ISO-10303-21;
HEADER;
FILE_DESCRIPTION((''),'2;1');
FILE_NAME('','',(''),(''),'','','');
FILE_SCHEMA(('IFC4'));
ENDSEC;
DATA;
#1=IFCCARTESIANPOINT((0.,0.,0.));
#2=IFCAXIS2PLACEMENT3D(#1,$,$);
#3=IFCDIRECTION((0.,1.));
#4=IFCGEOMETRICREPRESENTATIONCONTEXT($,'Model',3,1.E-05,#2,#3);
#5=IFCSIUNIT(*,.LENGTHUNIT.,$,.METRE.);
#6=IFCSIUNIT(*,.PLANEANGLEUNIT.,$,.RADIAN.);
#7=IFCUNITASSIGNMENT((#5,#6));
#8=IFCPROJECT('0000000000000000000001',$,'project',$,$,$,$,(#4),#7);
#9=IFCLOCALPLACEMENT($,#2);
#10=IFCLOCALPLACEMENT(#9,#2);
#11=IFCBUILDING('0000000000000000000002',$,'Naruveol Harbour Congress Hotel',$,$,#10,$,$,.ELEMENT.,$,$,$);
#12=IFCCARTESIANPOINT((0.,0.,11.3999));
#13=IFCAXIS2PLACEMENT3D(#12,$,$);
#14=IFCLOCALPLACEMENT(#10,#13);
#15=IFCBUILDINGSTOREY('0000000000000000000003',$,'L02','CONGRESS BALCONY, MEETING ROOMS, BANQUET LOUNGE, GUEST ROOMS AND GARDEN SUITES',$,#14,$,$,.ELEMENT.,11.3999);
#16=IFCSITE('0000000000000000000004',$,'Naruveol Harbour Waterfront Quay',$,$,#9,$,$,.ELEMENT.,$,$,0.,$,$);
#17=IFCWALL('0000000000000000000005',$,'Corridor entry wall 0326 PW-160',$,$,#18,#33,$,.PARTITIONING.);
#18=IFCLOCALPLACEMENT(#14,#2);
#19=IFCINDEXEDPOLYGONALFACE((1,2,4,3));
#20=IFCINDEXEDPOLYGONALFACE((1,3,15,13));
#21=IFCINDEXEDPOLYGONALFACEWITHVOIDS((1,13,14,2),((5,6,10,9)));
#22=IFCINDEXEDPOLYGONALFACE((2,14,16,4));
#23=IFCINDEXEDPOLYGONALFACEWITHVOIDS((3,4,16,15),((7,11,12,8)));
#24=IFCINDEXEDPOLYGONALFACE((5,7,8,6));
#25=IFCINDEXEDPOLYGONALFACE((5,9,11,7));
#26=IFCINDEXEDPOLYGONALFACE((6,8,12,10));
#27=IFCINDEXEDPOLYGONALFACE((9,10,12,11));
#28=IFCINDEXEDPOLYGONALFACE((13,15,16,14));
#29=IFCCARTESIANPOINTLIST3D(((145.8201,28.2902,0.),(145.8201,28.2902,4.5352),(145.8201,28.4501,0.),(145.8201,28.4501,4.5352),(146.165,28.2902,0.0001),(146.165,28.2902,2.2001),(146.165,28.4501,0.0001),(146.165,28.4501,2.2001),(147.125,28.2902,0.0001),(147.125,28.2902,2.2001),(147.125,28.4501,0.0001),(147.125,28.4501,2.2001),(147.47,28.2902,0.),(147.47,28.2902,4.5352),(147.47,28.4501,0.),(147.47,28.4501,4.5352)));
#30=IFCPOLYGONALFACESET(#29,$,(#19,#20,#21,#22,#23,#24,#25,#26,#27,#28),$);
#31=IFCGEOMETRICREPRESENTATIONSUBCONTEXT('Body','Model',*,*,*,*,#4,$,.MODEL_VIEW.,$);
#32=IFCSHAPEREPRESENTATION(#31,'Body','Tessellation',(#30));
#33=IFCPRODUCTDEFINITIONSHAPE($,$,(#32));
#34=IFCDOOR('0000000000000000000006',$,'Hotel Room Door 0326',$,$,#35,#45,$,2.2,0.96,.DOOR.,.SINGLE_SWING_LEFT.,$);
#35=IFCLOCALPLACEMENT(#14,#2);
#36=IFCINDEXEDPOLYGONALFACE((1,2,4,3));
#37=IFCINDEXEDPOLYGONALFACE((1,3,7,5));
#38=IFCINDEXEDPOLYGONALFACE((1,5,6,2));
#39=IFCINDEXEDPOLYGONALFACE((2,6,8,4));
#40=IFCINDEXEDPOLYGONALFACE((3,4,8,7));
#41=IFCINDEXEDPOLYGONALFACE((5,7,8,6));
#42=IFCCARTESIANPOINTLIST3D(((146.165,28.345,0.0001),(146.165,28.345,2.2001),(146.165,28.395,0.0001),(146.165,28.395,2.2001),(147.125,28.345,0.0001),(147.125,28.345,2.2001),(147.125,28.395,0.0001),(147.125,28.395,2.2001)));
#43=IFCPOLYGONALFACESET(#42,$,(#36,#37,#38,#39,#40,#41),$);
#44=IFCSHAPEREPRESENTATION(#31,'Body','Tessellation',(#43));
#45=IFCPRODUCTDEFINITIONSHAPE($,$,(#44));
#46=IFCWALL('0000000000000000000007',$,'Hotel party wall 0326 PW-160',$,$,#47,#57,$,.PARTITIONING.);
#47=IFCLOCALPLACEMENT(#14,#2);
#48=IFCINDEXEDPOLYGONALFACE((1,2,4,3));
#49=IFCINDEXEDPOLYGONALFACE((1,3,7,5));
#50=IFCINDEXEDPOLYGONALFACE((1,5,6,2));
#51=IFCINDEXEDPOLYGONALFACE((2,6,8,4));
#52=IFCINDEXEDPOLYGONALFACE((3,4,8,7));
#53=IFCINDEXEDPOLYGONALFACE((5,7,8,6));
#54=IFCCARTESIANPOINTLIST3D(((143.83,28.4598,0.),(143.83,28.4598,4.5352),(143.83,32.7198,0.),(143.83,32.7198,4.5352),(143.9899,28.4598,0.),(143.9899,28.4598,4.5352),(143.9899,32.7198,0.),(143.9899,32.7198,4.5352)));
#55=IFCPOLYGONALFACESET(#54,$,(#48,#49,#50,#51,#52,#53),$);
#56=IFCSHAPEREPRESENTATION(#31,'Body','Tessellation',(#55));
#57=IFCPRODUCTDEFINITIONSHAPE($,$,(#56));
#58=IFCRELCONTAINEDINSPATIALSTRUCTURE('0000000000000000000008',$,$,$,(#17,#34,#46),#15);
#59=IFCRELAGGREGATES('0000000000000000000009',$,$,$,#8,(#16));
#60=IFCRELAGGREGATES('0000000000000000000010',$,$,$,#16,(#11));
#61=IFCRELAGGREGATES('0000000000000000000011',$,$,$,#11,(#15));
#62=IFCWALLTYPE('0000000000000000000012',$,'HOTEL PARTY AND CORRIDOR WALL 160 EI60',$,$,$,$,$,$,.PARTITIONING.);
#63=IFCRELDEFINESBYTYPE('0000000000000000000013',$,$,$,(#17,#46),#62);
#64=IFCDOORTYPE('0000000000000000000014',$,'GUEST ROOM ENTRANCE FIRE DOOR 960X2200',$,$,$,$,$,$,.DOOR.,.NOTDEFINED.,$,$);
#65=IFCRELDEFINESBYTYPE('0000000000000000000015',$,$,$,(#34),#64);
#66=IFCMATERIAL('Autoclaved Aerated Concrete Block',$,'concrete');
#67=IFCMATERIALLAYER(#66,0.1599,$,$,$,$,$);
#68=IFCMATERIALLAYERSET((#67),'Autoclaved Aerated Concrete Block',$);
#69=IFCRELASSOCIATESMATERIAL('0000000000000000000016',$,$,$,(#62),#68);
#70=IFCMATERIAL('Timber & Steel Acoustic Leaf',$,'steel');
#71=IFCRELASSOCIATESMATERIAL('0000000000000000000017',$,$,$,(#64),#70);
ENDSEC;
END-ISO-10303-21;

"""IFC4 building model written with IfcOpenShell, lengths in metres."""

from ifc_helpers import new_model, si_unit, direction, frame, frame_2d, origin, place, context, subcontext, project, spatial, rectangle, extrude, material, layer, layer_set, type_object, element, fill, save


model = new_model("IFC4")

# Units and contexts
model_context = context("Model", 3, precision=1e-05, world=origin(), true_north=direction((0.0, 1.0)))
body_context = subcontext(model_context, "Body", "Model", "MODEL_VIEW")
ifc_project = project(units=[si_unit("LENGTHUNIT", "METRE"), si_unit("PLANEANGLEUNIT", "RADIAN")], contexts=[model_context])

# Site, building, storey
site_placement = place(None, origin())
site = spatial("IfcSite", under=ifc_project, at=site_placement, Name="Naruveol Harbour Waterfront Quay", CompositionType="ELEMENT", RefElevation=0.0)
building_placement = place(site_placement, origin())
building = spatial("IfcBuilding", under=site, at=building_placement, Name="Naruveol Harbour Congress Hotel", CompositionType="ELEMENT")
storey_placement = place(building_placement, frame((0.0, 0.0, 11.3999)))
storey = spatial("IfcBuildingStorey", under=building, at=storey_placement, Name="L02", Description="CONGRESS BALCONY, MEETING ROOMS, BANQUET LOUNGE, GUEST ROOMS AND GARDEN SUITES", CompositionType="ELEMENT", Elevation=11.3999)

# Shared definitions
ifc_material_1 = material(Name="Autoclaved Aerated Concrete Block", Category="concrete")
ifc_layer_1 = layer(ifc_material_1, 0.1599)
ifc_layer_set_1 = layer_set([ifc_layer_1], Name="Autoclaved Aerated Concrete Block")
wall_type_1 = type_object("IfcWallType", Name="HOTEL PARTY AND CORRIDOR WALL 160 EI60", PredefinedType="PARTITIONING", material=ifc_layer_set_1)
ifc_material_2 = material(Name="Timber & Steel Acoustic Leaf", Category="steel")
door_type_1 = type_object("IfcDoorType", Name="GUEST ROOM ENTRANCE FIRE DOOR 960X2200", OperationType="NOTDEFINED", PredefinedType="DOOR", material=ifc_material_2)

# Wall, opening, door
wall_1_placement = place(storey_placement, frame((145.8201, 28.3701, 0.0), z_axis=(0.0, 0.0, 1.0), x_axis=(1.0, 0.0, 0.0)))
wall_1 = element("IfcWall", 1, at=wall_1_placement, inside=storey, type_object=wall_type_1, Name="Corridor entry wall 0326 PW-160", PredefinedType="PARTITIONING", context=body_context, shape_type="SweptSolid", body=[
    extrude(rectangle(XDim=1.6499, YDim=0.1599, at=frame_2d((0.825, 0.0))), origin(), (0.0, 0.0, 1.0), 4.5352),
])
opening_1_placement = place(wall_1_placement, frame((0.345, 0.0, 0.0)))
opening_1 = element("IfcOpeningElement", 2, at=opening_1_placement, cuts=wall_1, PredefinedType="OPENING", context=body_context, shape_type="SweptSolid", body=[
    extrude(rectangle(XDim=0.96, YDim=2.2, at=frame_2d((0.48, 1.1001))), frame((0.0, 0.0898, 0.0), z_axis=(0.0, -1.0, 0.0), x_axis=(1.0, 0.0, 0.0)), (0.0, 0.0, 1.0), 0.1799),
])
door_1_placement = place(opening_1_placement, origin())
door_1 = element("IfcDoor", 3, at=door_1_placement, inside=storey, type_object=door_type_1, Name="Hotel Room Door 0326", OperationType="SINGLE_SWING_LEFT", OverallHeight=2.2, OverallWidth=0.96, PredefinedType="DOOR", context=body_context, shape_type="SweptSolid", body=[
    extrude(rectangle(XDim=0.96, YDim=2.2, at=frame_2d((0.48, 1.1001))), frame((0.0, 0.0249, 0.0), z_axis=(0.0, -1.0, 0.0), x_axis=(1.0, 0.0, 0.0)), (0.0, 0.0, 1.0), 0.05),
])
fill(opening_1, door_1)

# Wall
wall_2_placement = place(storey_placement, frame((143.9099, 28.46, 0.0), z_axis=(0.0, 0.0, 1.0), x_axis=(0.0, 1.0, 0.0)))
element("IfcWall", 4, at=wall_2_placement, inside=storey, type_object=wall_type_1, Name="Hotel party wall 0326 PW-160", PredefinedType="PARTITIONING", context=body_context, shape_type="SweptSolid", body=[
    extrude(rectangle(XDim=4.26, YDim=0.1599, at=frame_2d((2.1299, 0.0))), origin(), (0.0, 0.0, 1.0), 4.5352),
])

save(model, "model.ifc")
